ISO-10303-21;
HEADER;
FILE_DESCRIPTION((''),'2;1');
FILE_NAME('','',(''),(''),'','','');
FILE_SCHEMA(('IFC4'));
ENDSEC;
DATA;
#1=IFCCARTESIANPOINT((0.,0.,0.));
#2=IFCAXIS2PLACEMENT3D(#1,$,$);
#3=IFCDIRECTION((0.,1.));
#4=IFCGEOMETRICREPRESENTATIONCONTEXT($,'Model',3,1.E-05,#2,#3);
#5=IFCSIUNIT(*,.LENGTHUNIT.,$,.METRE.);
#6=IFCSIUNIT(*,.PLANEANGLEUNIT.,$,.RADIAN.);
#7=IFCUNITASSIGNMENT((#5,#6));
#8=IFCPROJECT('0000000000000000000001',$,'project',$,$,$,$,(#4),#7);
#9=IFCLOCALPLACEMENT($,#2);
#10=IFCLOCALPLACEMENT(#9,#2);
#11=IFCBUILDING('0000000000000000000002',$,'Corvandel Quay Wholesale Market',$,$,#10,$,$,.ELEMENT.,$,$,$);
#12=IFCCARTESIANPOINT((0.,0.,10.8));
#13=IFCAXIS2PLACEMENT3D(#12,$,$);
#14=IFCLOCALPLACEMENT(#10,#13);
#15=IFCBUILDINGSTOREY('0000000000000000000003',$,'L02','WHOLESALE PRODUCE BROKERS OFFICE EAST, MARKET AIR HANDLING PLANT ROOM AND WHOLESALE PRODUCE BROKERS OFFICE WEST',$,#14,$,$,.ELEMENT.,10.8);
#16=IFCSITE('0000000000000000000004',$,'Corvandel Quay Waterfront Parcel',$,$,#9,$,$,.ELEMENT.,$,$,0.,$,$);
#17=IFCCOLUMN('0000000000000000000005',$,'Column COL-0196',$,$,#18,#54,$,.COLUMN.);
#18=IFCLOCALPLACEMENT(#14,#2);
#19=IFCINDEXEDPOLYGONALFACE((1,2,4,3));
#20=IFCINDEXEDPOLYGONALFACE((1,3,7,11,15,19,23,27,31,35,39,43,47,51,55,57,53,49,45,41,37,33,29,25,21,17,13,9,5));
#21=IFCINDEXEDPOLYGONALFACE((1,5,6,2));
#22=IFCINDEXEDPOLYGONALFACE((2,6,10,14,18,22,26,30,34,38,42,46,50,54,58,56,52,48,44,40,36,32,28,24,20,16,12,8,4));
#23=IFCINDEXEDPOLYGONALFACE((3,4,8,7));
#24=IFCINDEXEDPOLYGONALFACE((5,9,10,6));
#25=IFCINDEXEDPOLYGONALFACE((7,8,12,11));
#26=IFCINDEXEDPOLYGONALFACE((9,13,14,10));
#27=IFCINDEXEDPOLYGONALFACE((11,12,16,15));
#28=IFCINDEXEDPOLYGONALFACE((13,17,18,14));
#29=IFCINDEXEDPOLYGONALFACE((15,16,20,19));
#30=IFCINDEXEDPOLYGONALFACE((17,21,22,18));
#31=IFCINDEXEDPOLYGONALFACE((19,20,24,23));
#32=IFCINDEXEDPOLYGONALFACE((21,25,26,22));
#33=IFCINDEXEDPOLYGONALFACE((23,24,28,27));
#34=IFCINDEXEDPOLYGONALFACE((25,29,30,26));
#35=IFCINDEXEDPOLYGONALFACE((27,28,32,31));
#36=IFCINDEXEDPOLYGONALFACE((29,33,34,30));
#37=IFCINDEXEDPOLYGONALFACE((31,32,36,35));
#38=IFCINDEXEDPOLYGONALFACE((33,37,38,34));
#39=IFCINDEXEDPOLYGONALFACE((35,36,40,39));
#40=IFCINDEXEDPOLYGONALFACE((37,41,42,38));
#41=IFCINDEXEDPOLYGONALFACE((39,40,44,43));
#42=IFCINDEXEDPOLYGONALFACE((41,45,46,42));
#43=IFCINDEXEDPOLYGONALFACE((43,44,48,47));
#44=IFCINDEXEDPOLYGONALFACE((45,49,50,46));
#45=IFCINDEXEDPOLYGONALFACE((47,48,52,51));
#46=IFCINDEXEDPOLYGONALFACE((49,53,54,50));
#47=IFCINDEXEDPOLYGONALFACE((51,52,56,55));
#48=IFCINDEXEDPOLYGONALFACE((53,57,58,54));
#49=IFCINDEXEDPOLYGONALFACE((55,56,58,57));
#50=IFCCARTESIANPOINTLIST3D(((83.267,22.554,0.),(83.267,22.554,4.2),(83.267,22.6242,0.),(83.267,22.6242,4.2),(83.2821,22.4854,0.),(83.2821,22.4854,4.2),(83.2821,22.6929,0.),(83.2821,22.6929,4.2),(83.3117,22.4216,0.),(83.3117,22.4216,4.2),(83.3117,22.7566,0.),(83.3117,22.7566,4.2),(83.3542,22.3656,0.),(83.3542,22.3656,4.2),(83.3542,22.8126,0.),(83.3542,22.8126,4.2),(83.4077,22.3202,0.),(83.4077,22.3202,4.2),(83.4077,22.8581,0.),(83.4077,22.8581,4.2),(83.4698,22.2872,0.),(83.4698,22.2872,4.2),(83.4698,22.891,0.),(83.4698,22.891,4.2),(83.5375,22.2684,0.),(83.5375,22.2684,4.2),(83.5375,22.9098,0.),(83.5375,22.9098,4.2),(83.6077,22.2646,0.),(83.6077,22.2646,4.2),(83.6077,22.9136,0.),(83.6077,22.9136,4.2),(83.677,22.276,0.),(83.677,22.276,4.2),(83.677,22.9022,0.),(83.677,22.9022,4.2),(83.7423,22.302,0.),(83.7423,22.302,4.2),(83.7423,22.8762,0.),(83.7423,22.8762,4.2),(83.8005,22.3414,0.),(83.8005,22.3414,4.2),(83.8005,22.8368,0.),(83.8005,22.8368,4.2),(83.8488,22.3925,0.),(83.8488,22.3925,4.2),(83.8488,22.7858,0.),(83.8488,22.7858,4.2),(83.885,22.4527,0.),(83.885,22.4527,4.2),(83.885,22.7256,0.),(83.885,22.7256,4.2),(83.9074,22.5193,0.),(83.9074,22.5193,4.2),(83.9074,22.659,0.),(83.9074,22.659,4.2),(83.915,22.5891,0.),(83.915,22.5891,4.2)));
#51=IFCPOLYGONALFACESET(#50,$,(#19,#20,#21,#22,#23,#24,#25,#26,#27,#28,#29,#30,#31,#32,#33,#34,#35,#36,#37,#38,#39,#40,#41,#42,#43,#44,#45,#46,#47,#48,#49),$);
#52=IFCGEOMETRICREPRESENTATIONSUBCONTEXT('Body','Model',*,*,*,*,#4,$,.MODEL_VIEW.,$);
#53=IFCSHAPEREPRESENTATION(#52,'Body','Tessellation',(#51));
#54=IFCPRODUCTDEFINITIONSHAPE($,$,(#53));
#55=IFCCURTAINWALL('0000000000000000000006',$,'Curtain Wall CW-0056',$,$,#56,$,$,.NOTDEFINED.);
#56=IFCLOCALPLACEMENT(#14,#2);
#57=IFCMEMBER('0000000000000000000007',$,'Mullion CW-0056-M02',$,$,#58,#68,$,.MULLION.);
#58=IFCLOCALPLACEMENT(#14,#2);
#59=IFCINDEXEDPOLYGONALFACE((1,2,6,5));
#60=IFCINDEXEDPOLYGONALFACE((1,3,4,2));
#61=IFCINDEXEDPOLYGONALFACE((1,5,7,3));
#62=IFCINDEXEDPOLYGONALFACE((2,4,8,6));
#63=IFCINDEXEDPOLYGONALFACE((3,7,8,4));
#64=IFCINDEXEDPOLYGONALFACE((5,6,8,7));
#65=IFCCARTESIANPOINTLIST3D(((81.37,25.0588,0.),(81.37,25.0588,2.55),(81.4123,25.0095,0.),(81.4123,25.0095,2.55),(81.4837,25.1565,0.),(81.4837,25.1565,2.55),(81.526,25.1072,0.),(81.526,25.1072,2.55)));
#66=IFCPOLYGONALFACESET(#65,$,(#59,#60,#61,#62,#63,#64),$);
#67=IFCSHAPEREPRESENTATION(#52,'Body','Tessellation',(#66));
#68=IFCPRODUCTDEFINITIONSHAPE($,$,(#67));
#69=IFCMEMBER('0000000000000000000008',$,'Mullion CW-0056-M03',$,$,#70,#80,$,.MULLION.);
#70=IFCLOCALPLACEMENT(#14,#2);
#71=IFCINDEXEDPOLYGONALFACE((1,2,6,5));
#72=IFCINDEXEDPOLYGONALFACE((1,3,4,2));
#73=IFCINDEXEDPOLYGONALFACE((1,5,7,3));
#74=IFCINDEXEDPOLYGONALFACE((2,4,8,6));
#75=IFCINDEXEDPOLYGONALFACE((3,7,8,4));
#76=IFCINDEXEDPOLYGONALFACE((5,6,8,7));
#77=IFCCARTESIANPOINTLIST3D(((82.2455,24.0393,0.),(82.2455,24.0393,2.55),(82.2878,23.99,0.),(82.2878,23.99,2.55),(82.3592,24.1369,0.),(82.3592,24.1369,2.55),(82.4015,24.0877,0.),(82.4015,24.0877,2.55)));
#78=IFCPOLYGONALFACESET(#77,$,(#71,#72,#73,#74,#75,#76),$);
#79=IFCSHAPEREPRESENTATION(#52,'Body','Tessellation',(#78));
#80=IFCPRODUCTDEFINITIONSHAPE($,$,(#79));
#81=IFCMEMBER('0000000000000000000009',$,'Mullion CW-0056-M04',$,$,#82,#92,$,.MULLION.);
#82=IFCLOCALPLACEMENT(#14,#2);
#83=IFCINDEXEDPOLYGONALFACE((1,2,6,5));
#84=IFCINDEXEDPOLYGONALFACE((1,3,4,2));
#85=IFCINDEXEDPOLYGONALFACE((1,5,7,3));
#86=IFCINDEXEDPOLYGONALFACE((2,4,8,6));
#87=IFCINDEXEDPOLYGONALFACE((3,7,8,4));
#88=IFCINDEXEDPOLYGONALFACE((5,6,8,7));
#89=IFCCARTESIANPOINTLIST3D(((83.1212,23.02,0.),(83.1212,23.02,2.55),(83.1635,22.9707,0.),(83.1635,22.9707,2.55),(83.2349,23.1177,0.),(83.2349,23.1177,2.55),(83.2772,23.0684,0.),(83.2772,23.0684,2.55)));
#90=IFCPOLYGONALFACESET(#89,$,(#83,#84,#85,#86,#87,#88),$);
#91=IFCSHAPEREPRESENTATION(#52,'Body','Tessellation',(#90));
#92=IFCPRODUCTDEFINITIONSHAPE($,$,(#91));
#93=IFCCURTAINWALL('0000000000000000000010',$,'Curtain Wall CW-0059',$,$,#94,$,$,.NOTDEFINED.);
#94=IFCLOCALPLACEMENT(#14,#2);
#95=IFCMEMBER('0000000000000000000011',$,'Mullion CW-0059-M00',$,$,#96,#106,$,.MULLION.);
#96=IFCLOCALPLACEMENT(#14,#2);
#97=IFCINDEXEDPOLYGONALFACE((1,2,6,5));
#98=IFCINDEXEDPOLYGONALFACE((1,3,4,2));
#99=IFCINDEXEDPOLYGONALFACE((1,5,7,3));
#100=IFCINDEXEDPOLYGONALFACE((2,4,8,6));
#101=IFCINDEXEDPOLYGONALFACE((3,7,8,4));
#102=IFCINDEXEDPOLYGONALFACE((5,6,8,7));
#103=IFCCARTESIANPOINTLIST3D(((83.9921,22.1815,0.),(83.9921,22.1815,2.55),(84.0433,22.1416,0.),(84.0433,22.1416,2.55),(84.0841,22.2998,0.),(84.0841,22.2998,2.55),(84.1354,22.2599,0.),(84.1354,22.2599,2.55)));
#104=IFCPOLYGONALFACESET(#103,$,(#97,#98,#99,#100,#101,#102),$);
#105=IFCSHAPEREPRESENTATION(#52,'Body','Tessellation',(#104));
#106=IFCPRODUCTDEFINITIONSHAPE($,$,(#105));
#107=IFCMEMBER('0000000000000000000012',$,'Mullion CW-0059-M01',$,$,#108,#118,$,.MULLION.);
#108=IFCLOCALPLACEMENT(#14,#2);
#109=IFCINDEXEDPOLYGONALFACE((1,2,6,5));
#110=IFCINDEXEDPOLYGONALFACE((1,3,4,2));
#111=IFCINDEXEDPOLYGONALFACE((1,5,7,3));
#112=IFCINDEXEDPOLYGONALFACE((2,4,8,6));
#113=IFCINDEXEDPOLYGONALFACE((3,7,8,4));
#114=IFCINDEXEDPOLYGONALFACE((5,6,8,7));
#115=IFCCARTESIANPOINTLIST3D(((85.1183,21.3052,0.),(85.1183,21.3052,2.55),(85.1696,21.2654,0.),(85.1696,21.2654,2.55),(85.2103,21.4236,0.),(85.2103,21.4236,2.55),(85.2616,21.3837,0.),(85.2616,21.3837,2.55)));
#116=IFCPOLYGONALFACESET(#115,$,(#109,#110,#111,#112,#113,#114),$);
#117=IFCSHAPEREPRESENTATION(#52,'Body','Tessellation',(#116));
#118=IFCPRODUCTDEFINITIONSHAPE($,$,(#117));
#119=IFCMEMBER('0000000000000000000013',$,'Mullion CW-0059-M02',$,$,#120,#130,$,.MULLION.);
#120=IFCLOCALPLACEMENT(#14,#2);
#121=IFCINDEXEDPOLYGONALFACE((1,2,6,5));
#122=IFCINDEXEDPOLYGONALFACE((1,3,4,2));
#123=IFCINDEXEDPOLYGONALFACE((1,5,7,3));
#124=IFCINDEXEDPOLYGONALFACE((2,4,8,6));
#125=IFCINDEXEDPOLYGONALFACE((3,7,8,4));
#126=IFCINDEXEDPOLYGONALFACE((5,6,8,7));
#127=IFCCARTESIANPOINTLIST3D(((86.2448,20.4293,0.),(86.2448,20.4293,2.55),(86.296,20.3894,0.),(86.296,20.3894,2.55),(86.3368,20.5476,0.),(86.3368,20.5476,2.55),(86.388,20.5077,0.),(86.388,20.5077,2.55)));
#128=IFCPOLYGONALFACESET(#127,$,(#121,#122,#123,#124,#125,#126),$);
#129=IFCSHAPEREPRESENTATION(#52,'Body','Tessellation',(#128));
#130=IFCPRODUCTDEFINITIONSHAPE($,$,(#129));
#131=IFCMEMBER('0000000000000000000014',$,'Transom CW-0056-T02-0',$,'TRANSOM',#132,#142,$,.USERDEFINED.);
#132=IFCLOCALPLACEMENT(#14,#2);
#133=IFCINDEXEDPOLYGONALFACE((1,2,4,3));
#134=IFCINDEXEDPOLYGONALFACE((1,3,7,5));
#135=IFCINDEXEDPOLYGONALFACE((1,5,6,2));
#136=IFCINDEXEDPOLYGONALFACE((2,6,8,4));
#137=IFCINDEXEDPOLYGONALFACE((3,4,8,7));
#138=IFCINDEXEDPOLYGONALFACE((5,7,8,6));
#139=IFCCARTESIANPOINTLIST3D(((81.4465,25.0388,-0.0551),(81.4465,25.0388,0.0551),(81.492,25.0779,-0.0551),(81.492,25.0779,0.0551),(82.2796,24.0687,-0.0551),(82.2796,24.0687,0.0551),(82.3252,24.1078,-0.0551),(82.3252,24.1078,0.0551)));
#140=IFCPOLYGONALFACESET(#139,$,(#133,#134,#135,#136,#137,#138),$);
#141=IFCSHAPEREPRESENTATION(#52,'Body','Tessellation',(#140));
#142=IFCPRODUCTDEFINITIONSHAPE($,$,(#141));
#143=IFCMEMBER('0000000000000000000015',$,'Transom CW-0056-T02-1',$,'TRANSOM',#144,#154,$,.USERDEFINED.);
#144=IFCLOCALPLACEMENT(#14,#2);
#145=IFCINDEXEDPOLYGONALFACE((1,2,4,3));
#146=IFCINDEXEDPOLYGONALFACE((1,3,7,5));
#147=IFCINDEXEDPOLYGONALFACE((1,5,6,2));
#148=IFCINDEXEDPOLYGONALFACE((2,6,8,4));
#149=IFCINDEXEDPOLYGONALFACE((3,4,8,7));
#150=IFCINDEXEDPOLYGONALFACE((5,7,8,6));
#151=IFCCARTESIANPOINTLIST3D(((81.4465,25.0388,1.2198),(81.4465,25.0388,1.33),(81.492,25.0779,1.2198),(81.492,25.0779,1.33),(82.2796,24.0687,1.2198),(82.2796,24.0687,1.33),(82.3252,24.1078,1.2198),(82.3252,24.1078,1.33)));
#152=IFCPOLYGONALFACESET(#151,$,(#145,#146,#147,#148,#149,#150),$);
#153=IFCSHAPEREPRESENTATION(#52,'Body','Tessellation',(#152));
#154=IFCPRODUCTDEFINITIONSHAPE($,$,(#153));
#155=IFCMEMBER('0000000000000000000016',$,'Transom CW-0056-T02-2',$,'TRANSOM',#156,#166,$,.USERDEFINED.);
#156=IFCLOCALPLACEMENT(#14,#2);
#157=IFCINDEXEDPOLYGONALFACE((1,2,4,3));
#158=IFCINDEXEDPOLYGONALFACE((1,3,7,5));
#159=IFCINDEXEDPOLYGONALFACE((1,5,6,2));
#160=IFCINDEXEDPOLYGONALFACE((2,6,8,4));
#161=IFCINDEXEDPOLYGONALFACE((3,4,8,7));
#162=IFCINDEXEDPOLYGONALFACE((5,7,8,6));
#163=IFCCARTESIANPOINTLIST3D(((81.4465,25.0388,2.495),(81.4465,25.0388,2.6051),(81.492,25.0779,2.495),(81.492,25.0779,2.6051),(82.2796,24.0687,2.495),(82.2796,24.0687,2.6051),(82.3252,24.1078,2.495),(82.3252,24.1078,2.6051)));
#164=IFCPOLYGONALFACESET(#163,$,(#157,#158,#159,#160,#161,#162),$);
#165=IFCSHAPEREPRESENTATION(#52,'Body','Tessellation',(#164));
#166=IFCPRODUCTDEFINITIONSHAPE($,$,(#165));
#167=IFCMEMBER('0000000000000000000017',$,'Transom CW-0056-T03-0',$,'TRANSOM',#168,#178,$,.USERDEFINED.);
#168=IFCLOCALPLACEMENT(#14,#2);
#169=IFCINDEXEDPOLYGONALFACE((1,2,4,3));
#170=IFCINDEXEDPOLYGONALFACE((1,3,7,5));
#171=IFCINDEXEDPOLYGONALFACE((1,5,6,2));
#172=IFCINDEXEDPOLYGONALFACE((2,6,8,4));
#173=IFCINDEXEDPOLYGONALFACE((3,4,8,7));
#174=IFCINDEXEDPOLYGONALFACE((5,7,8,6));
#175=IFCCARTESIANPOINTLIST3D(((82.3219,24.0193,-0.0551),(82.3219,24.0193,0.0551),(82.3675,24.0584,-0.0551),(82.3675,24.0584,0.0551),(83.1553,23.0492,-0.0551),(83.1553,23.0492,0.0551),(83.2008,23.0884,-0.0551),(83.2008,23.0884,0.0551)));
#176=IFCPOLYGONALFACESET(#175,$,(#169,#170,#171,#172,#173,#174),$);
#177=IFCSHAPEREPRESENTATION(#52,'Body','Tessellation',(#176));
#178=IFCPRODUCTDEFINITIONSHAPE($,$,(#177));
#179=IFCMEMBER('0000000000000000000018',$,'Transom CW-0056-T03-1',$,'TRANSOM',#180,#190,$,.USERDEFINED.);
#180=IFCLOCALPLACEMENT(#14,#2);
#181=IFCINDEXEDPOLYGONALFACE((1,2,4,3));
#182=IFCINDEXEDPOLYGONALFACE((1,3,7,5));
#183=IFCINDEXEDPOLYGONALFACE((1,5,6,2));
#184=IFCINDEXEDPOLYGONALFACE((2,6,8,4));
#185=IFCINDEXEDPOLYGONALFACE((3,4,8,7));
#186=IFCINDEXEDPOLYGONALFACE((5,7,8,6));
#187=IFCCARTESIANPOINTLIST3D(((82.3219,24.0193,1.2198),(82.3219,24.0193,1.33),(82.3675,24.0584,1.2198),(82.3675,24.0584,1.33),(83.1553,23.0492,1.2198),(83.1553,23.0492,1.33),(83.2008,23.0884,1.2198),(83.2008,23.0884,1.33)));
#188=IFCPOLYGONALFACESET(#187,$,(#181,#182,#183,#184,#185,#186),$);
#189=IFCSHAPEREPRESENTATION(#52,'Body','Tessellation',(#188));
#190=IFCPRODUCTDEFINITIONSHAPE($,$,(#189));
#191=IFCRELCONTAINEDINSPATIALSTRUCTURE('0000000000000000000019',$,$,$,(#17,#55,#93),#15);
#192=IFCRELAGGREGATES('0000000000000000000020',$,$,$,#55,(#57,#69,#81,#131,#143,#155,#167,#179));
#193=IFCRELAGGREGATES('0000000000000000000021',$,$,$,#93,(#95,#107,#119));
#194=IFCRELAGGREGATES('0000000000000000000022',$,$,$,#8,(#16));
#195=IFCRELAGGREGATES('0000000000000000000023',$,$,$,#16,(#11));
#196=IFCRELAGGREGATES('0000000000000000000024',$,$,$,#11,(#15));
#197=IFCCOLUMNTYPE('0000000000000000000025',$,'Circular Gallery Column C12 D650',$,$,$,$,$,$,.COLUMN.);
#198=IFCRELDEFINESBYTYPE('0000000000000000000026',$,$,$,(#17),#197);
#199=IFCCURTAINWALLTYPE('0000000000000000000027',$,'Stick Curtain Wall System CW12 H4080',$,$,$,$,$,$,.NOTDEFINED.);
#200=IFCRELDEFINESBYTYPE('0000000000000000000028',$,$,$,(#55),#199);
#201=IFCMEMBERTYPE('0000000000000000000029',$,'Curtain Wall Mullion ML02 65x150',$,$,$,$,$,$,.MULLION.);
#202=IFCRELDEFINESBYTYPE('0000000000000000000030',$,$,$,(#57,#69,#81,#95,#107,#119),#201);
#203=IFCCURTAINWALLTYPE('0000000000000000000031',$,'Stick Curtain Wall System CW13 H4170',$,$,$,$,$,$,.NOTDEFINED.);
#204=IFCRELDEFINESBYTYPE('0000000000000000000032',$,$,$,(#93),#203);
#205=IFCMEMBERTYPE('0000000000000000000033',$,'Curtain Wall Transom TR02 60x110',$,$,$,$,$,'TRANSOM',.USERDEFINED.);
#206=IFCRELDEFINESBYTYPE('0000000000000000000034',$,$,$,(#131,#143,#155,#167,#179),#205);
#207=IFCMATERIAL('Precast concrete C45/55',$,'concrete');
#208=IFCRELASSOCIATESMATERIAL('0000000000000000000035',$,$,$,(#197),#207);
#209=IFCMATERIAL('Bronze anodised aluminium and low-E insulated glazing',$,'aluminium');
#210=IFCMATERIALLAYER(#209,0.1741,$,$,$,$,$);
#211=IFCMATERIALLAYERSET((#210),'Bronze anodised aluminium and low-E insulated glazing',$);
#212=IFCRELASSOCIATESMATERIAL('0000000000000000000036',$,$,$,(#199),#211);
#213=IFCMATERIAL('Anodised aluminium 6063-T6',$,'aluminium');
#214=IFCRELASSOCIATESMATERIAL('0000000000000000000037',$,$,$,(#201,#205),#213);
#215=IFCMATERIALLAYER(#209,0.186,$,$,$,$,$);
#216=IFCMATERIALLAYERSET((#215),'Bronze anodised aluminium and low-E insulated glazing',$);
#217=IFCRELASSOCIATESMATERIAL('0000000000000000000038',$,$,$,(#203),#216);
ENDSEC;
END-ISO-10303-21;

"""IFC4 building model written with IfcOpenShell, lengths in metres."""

from ifc_helpers import new_model, si_unit, direction, frame, origin, origin_2d, place, context, subcontext, project, spatial, rectangle, circle, extrude, material, layer, layer_set, material_profile, profile_set, type_object, element, aggregate, save


model = new_model("IFC4")

# Units and contexts
model_context = context("Model", 3, precision=1e-05, world=origin(), true_north=direction((0.0, 1.0)))
body_context = subcontext(model_context, "Body", "Model", "MODEL_VIEW")
ifc_project = project(units=[si_unit("LENGTHUNIT", "METRE"), si_unit("PLANEANGLEUNIT", "RADIAN")], contexts=[model_context])

# Site, building, storey
site_placement = place(None, origin())
site = spatial("IfcSite", under=ifc_project, at=site_placement, Name="Corvandel Quay Waterfront Parcel", CompositionType="ELEMENT", RefElevation=0.0)
building_placement = place(site_placement, origin())
building = spatial("IfcBuilding", under=site, at=building_placement, Name="Corvandel Quay Wholesale Market", CompositionType="ELEMENT")
storey_placement = place(building_placement, frame((0.0, 0.0, 10.8)))
storey = spatial("IfcBuildingStorey", under=building, at=storey_placement, Name="L02", Description="WHOLESALE PRODUCE BROKERS OFFICE EAST, MARKET AIR HANDLING PLANT ROOM AND WHOLESALE PRODUCE BROKERS OFFICE WEST", CompositionType="ELEMENT", Elevation=10.8)

# Column
ifc_material_1 = material(Name="Precast concrete C45/55", Category="concrete")
ifc_material_profile_1 = material_profile(ifc_material_1, circle(Radius=0.325, at=origin_2d()), Name="PC-COL-D650")
ifc_profile_set_1 = profile_set([ifc_material_profile_1], Name="Precast concrete C45/55")
column_type = type_object("IfcColumnType", Name="Circular Gallery Column C12 D650", PredefinedType="COLUMN", material=ifc_profile_set_1)
column_placement = place(storey_placement, frame((83.5901, 22.5891, 0.0), z_axis=(0.0, 0.0, 1.0), x_axis=(1.0, 0.0, 0.0)))
element("IfcColumn", 1, at=column_placement, inside=storey, type_object=column_type, Name="Column COL-0196", PredefinedType="COLUMN", context=body_context, shape_type="SweptSolid", body=[
    extrude(circle(Radius=0.325, at=origin_2d()), origin(), (0.0, 0.0, 1.0), 4.2),
])

# Curtain walls, members
ifc_material_2 = material(Name="Bronze anodised aluminium and low-E insulated glazing", Category="aluminium")
ifc_layer_1 = layer(ifc_material_2, 0.1741)
ifc_layer_set_1 = layer_set([ifc_layer_1], Name="Bronze anodised aluminium and low-E insulated glazing")
curtain_wall_type_1 = type_object("IfcCurtainWallType", Name="Stick Curtain Wall System CW12 H4080", PredefinedType="NOTDEFINED", material=ifc_layer_set_1)
curtain_wall_1_placement = place(storey_placement, origin())
curtain_wall_1 = element("IfcCurtainWall", 2, at=curtain_wall_1_placement, inside=storey, type_object=curtain_wall_type_1, Name="Curtain Wall CW-0056", PredefinedType="NOTDEFINED")
ifc_material_3 = material(Name="Anodised aluminium 6063-T6", Category="aluminium")
ifc_material_profile_2 = material_profile(ifc_material_3, rectangle(XDim=0.0649, YDim=0.1499, at=origin_2d()), Name="ALU-MUL-65x150")
ifc_profile_set_2 = profile_set([ifc_material_profile_2], Name="Anodised aluminium 6063-T6")
member_type_1 = type_object("IfcMemberType", Name="Curtain Wall Mullion ML02 65x150", PredefinedType="MULLION", material=ifc_profile_set_2)
member_1_placement = place(storey_placement, frame((81.448, 25.083, 0.0), z_axis=(0.0, 0.0, 1.0), x_axis=(-0.651569, 0.758589, 0.0)))
member_1 = element("IfcMember", 3, at=member_1_placement, type_object=member_type_1, Name="Mullion CW-0056-M02", PredefinedType="MULLION", context=body_context, shape_type="SweptSolid", body=[
    extrude(rectangle(XDim=0.0649, YDim=0.1499, at=origin_2d()), origin(), (0.0, 0.0, 1.0), 2.55),
])
member_2_placement = place(storey_placement, frame((82.3235, 24.0635, 0.0), z_axis=(0.0, 0.0, 1.0), x_axis=(-0.651569, 0.758589, 0.0)))
member_2 = element("IfcMember", 4, at=member_2_placement, type_object=member_type_1, Name="Mullion CW-0056-M03", PredefinedType="MULLION", context=body_context, shape_type="SweptSolid", body=[
    extrude(rectangle(XDim=0.0649, YDim=0.1499, at=origin_2d()), origin(), (0.0, 0.0, 1.0), 2.55),
])
member_3_placement = place(storey_placement, frame((83.1992, 23.0442, 0.0), z_axis=(0.0, 0.0, 1.0), x_axis=(-0.651569, 0.758589, 0.0)))
member_3 = element("IfcMember", 5, at=member_3_placement, type_object=member_type_1, Name="Mullion CW-0056-M04", PredefinedType="MULLION", context=body_context, shape_type="SweptSolid", body=[
    extrude(rectangle(XDim=0.0649, YDim=0.1499, at=origin_2d()), origin(), (0.0, 0.0, 1.0), 2.55),
])
ifc_layer_2 = layer(ifc_material_2, 0.186)
ifc_layer_set_2 = layer_set([ifc_layer_2], Name="Bronze anodised aluminium and low-E insulated glazing")
curtain_wall_type_2 = type_object("IfcCurtainWallType", Name="Stick Curtain Wall System CW13 H4170", PredefinedType="NOTDEFINED", material=ifc_layer_set_2)
curtain_wall_2_placement = place(storey_placement, origin())
curtain_wall_2 = element("IfcCurtainWall", 6, at=curtain_wall_2_placement, inside=storey, type_object=curtain_wall_type_2, Name="Curtain Wall CW-0059", PredefinedType="NOTDEFINED")
member_4_placement = place(storey_placement, frame((84.0637, 22.2207, 0.0), z_axis=(0.0, 0.0, 1.0), x_axis=(-0.789406, 0.613872, 0.0)))
member_4 = element("IfcMember", 7, at=member_4_placement, type_object=member_type_1, Name="Mullion CW-0059-M00", PredefinedType="MULLION", context=body_context, shape_type="SweptSolid", body=[
    extrude(rectangle(XDim=0.0649, YDim=0.1499, at=origin_2d()), origin(), (0.0, 0.0, 1.0), 2.55),
])
member_5_placement = place(storey_placement, frame((85.1899, 21.3445, 0.0), z_axis=(0.0, 0.0, 1.0), x_axis=(-0.789406, 0.613872, 0.0)))
member_5 = element("IfcMember", 8, at=member_5_placement, type_object=member_type_1, Name="Mullion CW-0059-M01", PredefinedType="MULLION", context=body_context, shape_type="SweptSolid", body=[
    extrude(rectangle(XDim=0.0649, YDim=0.1499, at=origin_2d()), origin(), (0.0, 0.0, 1.0), 2.55),
])
member_6_placement = place(storey_placement, frame((86.3164, 20.4685, 0.0), z_axis=(0.0, 0.0, 1.0), x_axis=(-0.789406, 0.613872, 0.0)))
member_6 = element("IfcMember", 9, at=member_6_placement, type_object=member_type_1, Name="Mullion CW-0059-M02", PredefinedType="MULLION", context=body_context, shape_type="SweptSolid", body=[
    extrude(rectangle(XDim=0.0649, YDim=0.1499, at=origin_2d()), origin(), (0.0, 0.0, 1.0), 2.55),
])

# Members
ifc_material_profile_3 = material_profile(ifc_material_3, rectangle(XDim=0.0601, YDim=0.1101, at=origin_2d()), Name="ALU-TRN-60x110")
ifc_profile_set_3 = profile_set([ifc_material_profile_3], Name="Anodised aluminium 6063-T6")
member_type_2 = type_object("IfcMemberType", Name="Curtain Wall Transom TR02 60x110", ElementType="TRANSOM", PredefinedType="USERDEFINED", material=ifc_profile_set_3)
member_7_placement = place(storey_placement, frame((81.4692, 25.0583, 0.0), z_axis=(0.65153, -0.758623, 0.0), x_axis=(0.758623, 0.65153, 0.0)))
member_7 = element("IfcMember", 10, at=member_7_placement, type_object=member_type_2, Name="Transom CW-0056-T02-0", ObjectType="TRANSOM", PredefinedType="USERDEFINED", context=body_context, shape_type="SweptSolid", body=[
    extrude(rectangle(XDim=0.0601, YDim=0.1101, at=origin_2d()), origin(), (0.0, 0.0, 1.0), 1.2788),
])
member_8_placement = place(storey_placement, frame((81.4692, 25.0583, 1.2749), z_axis=(0.65153, -0.758623, 0.0), x_axis=(0.758623, 0.65153, 0.0)))
member_8 = element("IfcMember", 11, at=member_8_placement, type_object=member_type_2, Name="Transom CW-0056-T02-1", ObjectType="TRANSOM", PredefinedType="USERDEFINED", context=body_context, shape_type="SweptSolid", body=[
    extrude(rectangle(XDim=0.0601, YDim=0.1101, at=origin_2d()), origin(), (0.0, 0.0, 1.0), 1.2788),
])
member_9_placement = place(storey_placement, frame((81.4692, 25.0583, 2.55), z_axis=(0.65153, -0.758623, 0.0), x_axis=(0.758623, 0.65153, 0.0)))
member_9 = element("IfcMember", 12, at=member_9_placement, type_object=member_type_2, Name="Transom CW-0056-T02-2", ObjectType="TRANSOM", PredefinedType="USERDEFINED", context=body_context, shape_type="SweptSolid", body=[
    extrude(rectangle(XDim=0.0601, YDim=0.1101, at=origin_2d()), origin(), (0.0, 0.0, 1.0), 1.2788),
])
member_10_placement = place(storey_placement, frame((82.3447, 24.0388, 0.0), z_axis=(0.651624, -0.758542, 0.0), x_axis=(0.758542, 0.651624, 0.0)))
member_10 = element("IfcMember", 13, at=member_10_placement, type_object=member_type_2, Name="Transom CW-0056-T03-0", ObjectType="TRANSOM", PredefinedType="USERDEFINED", context=body_context, shape_type="SweptSolid", body=[
    extrude(rectangle(XDim=0.0601, YDim=0.1101, at=origin_2d()), origin(), (0.0, 0.0, 1.0), 1.2788),
])
member_11_placement = place(storey_placement, frame((82.3447, 24.0388, 1.2749), z_axis=(0.651624, -0.758542, 0.0), x_axis=(0.758542, 0.651624, 0.0)))
member_11 = element("IfcMember", 14, at=member_11_placement, type_object=member_type_2, Name="Transom CW-0056-T03-1", ObjectType="TRANSOM", PredefinedType="USERDEFINED", context=body_context, shape_type="SweptSolid", body=[
    extrude(rectangle(XDim=0.0601, YDim=0.1101, at=origin_2d()), origin(), (0.0, 0.0, 1.0), 1.2788),
])

aggregate(curtain_wall_1, [member_1, member_2, member_3, member_7, member_8, member_9, member_10, member_11])
aggregate(curtain_wall_2, [member_4, member_5, member_6])

save(model, "model.ifc")
